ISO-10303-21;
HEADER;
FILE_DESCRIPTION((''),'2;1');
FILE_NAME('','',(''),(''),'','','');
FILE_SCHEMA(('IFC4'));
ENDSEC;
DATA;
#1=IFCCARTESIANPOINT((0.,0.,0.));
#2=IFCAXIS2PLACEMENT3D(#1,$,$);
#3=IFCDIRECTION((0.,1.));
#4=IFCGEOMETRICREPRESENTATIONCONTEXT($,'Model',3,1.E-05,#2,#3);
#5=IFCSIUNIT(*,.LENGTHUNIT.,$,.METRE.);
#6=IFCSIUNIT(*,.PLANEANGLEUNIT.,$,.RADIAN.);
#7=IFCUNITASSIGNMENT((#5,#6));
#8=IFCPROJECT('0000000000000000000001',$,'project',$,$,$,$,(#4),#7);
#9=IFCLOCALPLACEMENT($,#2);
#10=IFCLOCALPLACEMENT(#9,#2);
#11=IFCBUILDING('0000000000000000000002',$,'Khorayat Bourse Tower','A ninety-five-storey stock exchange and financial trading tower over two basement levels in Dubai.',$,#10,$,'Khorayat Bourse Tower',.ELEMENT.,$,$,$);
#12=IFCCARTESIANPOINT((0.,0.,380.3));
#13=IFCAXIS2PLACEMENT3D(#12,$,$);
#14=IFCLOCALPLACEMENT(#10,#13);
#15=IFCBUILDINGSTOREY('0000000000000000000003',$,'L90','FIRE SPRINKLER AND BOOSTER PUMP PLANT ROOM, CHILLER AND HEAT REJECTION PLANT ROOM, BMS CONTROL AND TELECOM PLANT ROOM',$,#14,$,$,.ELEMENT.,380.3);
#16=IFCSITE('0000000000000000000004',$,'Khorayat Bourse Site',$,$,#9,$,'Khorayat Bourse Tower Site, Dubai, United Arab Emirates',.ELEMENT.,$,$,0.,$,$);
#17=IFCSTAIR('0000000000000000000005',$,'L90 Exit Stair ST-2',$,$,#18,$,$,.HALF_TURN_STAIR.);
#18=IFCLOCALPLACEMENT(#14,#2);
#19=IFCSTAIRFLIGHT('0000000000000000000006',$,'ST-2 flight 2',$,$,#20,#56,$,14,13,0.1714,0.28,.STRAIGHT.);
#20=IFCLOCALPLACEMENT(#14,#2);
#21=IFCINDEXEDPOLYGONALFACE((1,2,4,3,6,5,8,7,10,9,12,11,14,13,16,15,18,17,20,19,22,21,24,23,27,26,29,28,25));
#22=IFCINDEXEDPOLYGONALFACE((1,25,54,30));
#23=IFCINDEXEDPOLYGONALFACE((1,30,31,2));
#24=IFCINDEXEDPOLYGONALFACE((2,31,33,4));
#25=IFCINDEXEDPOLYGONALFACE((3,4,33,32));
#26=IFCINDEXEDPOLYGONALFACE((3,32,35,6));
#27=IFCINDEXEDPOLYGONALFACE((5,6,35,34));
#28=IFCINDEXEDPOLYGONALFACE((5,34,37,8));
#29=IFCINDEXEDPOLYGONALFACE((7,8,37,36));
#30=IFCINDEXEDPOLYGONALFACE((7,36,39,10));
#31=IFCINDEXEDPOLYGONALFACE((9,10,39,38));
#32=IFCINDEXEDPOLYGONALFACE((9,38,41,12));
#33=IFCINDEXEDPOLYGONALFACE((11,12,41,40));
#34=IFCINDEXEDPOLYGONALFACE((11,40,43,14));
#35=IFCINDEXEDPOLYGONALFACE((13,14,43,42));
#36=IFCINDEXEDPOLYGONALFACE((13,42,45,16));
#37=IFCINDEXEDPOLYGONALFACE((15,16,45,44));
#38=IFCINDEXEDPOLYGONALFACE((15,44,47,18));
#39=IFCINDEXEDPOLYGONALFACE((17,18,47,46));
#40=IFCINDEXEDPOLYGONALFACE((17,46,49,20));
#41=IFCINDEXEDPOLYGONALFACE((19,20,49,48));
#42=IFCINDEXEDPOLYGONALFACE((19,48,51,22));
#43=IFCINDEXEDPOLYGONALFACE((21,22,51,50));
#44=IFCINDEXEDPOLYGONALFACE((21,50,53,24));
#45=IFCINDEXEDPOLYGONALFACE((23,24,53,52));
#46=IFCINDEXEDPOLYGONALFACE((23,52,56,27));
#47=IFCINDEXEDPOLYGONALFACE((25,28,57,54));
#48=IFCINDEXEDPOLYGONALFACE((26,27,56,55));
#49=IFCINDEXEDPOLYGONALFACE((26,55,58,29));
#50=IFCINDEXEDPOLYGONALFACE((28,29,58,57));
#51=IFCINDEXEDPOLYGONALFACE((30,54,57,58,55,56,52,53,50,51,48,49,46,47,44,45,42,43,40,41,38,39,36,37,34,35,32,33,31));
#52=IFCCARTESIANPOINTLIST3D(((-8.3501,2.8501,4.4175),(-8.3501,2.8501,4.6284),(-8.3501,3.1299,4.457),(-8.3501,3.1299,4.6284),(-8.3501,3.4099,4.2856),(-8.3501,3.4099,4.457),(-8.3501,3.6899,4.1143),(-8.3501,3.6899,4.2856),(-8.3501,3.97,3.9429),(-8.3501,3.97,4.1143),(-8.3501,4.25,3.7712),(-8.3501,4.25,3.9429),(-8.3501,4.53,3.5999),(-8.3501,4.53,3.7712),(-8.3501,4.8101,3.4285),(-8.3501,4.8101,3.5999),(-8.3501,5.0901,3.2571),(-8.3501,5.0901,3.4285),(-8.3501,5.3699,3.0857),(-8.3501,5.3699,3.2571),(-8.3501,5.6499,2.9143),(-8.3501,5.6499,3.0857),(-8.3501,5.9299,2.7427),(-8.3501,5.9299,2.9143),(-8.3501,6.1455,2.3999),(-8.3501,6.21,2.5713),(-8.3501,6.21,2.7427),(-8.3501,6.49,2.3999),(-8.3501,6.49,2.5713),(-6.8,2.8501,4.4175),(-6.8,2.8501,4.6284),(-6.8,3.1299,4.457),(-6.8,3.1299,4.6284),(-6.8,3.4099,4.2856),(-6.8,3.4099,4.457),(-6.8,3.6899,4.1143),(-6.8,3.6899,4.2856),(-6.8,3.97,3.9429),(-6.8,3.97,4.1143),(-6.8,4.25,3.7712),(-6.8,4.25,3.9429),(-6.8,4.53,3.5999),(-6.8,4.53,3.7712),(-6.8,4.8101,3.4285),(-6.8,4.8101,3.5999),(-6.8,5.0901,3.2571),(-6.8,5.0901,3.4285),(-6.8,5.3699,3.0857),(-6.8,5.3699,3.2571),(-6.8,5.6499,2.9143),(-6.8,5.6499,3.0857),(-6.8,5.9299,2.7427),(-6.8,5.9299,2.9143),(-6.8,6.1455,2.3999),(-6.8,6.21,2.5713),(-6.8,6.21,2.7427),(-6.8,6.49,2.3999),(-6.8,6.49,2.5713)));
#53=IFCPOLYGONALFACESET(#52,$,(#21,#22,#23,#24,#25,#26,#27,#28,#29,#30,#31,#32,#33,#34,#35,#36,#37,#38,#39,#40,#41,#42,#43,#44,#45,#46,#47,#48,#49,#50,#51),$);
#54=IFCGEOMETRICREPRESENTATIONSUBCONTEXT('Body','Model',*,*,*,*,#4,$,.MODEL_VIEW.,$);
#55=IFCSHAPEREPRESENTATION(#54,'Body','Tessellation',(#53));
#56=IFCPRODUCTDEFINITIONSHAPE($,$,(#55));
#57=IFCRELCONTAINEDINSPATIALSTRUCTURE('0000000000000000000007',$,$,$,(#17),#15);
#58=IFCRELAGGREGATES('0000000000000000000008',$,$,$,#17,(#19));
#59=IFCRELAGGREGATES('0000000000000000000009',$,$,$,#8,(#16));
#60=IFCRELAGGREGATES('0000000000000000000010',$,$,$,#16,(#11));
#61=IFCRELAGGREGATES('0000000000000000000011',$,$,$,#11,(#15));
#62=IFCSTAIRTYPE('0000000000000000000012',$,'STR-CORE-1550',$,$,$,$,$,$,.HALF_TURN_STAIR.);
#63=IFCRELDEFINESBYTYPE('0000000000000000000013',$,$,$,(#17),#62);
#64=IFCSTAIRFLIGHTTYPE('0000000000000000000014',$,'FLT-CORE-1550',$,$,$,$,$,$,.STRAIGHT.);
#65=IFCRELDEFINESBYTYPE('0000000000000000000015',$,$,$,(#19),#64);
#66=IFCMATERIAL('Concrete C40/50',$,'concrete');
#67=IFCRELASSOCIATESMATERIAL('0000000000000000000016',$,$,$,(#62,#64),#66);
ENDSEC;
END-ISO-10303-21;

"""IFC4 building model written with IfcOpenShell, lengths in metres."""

from ifc_helpers import new_model, si_unit, direction, frame, origin, place, context, subcontext, project, spatial, polyline, outline, extrude, source, transform, mapped, material, type_object, element, aggregate, save


model = new_model("IFC4")

# Units and contexts
model_context = context("Model", 3, precision=1e-05, world=origin(), true_north=direction((0.0, 1.0)))
body_context = subcontext(model_context, "Body", "Model", "MODEL_VIEW")
ifc_project = project(units=[si_unit("LENGTHUNIT", "METRE"), si_unit("PLANEANGLEUNIT", "RADIAN")], contexts=[model_context])

# Site, building, storey
site_placement = place(None, origin())
site = spatial("IfcSite", under=ifc_project, at=site_placement, Name="Khorayat Bourse Site", LongName="Khorayat Bourse Tower Site, Dubai, United Arab Emirates", CompositionType="ELEMENT", RefElevation=0.0)
building_placement = place(site_placement, origin())
building = spatial("IfcBuilding", under=site, at=building_placement, Name="Khorayat Bourse Tower", Description="A ninety-five-storey stock exchange and financial trading tower over two basement levels in Dubai.", LongName="Khorayat Bourse Tower", CompositionType="ELEMENT")
storey_placement = place(building_placement, frame((0.0, 0.0, 380.3)))
storey = spatial("IfcBuildingStorey", under=building, at=storey_placement, Name="L90", Description="FIRE SPRINKLER AND BOOSTER PUMP PLANT ROOM, CHILLER AND HEAT REJECTION PLANT ROOM, BMS CONTROL AND TELECOM PLANT ROOM", CompositionType="ELEMENT", Elevation=380.3)

# Stair, stair flight
ifc_material_1 = material(Name="Concrete C40/50", Category="concrete")
stair_type = type_object("IfcStairType", Name="STR-CORE-1550", PredefinedType="HALF_TURN_STAIR", material=ifc_material_1)
stair_placement = place(storey_placement, origin())
stair = element("IfcStair", 1, at=stair_placement, inside=storey, type_object=stair_type, Name="L90 Exit Stair ST-2", PredefinedType="HALF_TURN_STAIR")
stair_flight_type = type_object("IfcStairFlightType", Name="FLT-CORE-1550", PredefinedType="STRAIGHT", material=ifc_material_1)
shared_shape_1 = source(origin(), body_context, "Body", "SweptSolid", [
    extrude(outline(polyline([(0.0, 0.0), (0.0, 0.1714), (0.28, 0.1714), (0.28, 0.3428), (0.5601, 0.3428), (0.5601, 0.5144), (0.8401, 0.5144), (0.8401, 0.6858), (1.1201, 0.6858), (1.1201, 0.8572), (1.3999, 0.8572), (1.3999, 1.0286), (1.6799, 1.0286), (1.6799, 1.2), (1.96, 1.2), (1.96, 1.3713), (2.24, 1.3713), (2.24, 1.543), (2.52, 1.543), (2.52, 1.7144), (2.8, 1.7144), (2.8, 1.8857), (3.0801, 1.8857), (3.0801, 2.0571), (3.3601, 2.0571), (3.3601, 2.2285), (3.6399, 2.2285), (3.6399, 2.3999), (3.6399, 2.0176), (0.3445, 0.0), (0.0, 0.0)])), frame((0.0, 0.7749, 0.0), z_axis=(0.0, -1.0, 0.0), x_axis=(1.0, 0.0, 0.0)), (0.0, 0.0, 1.0), 1.55),
])
stair_flight_1_placement = place(storey_placement, frame((-7.575, 6.49, 2.3999), z_axis=(0.0, 0.0, 1.0), x_axis=(0.0, -1.0, 0.0)))
stair_flight_1 = element("IfcStairFlight", 2, at=stair_flight_1_placement, type_object=stair_flight_type, Name="ST-2 flight 2", NumberOfRisers=14, NumberOfTreads=13, PredefinedType="STRAIGHT", RiserHeight=0.1714, TreadLength=0.28, context=body_context, shape_type="MappedRepresentation", body=[
    mapped(shared_shape_1, transform((0.0, 0.0, 0.0), scale=1.0)),
])
aggregate(stair, [stair_flight_1])

save(model, "model.ifc")
